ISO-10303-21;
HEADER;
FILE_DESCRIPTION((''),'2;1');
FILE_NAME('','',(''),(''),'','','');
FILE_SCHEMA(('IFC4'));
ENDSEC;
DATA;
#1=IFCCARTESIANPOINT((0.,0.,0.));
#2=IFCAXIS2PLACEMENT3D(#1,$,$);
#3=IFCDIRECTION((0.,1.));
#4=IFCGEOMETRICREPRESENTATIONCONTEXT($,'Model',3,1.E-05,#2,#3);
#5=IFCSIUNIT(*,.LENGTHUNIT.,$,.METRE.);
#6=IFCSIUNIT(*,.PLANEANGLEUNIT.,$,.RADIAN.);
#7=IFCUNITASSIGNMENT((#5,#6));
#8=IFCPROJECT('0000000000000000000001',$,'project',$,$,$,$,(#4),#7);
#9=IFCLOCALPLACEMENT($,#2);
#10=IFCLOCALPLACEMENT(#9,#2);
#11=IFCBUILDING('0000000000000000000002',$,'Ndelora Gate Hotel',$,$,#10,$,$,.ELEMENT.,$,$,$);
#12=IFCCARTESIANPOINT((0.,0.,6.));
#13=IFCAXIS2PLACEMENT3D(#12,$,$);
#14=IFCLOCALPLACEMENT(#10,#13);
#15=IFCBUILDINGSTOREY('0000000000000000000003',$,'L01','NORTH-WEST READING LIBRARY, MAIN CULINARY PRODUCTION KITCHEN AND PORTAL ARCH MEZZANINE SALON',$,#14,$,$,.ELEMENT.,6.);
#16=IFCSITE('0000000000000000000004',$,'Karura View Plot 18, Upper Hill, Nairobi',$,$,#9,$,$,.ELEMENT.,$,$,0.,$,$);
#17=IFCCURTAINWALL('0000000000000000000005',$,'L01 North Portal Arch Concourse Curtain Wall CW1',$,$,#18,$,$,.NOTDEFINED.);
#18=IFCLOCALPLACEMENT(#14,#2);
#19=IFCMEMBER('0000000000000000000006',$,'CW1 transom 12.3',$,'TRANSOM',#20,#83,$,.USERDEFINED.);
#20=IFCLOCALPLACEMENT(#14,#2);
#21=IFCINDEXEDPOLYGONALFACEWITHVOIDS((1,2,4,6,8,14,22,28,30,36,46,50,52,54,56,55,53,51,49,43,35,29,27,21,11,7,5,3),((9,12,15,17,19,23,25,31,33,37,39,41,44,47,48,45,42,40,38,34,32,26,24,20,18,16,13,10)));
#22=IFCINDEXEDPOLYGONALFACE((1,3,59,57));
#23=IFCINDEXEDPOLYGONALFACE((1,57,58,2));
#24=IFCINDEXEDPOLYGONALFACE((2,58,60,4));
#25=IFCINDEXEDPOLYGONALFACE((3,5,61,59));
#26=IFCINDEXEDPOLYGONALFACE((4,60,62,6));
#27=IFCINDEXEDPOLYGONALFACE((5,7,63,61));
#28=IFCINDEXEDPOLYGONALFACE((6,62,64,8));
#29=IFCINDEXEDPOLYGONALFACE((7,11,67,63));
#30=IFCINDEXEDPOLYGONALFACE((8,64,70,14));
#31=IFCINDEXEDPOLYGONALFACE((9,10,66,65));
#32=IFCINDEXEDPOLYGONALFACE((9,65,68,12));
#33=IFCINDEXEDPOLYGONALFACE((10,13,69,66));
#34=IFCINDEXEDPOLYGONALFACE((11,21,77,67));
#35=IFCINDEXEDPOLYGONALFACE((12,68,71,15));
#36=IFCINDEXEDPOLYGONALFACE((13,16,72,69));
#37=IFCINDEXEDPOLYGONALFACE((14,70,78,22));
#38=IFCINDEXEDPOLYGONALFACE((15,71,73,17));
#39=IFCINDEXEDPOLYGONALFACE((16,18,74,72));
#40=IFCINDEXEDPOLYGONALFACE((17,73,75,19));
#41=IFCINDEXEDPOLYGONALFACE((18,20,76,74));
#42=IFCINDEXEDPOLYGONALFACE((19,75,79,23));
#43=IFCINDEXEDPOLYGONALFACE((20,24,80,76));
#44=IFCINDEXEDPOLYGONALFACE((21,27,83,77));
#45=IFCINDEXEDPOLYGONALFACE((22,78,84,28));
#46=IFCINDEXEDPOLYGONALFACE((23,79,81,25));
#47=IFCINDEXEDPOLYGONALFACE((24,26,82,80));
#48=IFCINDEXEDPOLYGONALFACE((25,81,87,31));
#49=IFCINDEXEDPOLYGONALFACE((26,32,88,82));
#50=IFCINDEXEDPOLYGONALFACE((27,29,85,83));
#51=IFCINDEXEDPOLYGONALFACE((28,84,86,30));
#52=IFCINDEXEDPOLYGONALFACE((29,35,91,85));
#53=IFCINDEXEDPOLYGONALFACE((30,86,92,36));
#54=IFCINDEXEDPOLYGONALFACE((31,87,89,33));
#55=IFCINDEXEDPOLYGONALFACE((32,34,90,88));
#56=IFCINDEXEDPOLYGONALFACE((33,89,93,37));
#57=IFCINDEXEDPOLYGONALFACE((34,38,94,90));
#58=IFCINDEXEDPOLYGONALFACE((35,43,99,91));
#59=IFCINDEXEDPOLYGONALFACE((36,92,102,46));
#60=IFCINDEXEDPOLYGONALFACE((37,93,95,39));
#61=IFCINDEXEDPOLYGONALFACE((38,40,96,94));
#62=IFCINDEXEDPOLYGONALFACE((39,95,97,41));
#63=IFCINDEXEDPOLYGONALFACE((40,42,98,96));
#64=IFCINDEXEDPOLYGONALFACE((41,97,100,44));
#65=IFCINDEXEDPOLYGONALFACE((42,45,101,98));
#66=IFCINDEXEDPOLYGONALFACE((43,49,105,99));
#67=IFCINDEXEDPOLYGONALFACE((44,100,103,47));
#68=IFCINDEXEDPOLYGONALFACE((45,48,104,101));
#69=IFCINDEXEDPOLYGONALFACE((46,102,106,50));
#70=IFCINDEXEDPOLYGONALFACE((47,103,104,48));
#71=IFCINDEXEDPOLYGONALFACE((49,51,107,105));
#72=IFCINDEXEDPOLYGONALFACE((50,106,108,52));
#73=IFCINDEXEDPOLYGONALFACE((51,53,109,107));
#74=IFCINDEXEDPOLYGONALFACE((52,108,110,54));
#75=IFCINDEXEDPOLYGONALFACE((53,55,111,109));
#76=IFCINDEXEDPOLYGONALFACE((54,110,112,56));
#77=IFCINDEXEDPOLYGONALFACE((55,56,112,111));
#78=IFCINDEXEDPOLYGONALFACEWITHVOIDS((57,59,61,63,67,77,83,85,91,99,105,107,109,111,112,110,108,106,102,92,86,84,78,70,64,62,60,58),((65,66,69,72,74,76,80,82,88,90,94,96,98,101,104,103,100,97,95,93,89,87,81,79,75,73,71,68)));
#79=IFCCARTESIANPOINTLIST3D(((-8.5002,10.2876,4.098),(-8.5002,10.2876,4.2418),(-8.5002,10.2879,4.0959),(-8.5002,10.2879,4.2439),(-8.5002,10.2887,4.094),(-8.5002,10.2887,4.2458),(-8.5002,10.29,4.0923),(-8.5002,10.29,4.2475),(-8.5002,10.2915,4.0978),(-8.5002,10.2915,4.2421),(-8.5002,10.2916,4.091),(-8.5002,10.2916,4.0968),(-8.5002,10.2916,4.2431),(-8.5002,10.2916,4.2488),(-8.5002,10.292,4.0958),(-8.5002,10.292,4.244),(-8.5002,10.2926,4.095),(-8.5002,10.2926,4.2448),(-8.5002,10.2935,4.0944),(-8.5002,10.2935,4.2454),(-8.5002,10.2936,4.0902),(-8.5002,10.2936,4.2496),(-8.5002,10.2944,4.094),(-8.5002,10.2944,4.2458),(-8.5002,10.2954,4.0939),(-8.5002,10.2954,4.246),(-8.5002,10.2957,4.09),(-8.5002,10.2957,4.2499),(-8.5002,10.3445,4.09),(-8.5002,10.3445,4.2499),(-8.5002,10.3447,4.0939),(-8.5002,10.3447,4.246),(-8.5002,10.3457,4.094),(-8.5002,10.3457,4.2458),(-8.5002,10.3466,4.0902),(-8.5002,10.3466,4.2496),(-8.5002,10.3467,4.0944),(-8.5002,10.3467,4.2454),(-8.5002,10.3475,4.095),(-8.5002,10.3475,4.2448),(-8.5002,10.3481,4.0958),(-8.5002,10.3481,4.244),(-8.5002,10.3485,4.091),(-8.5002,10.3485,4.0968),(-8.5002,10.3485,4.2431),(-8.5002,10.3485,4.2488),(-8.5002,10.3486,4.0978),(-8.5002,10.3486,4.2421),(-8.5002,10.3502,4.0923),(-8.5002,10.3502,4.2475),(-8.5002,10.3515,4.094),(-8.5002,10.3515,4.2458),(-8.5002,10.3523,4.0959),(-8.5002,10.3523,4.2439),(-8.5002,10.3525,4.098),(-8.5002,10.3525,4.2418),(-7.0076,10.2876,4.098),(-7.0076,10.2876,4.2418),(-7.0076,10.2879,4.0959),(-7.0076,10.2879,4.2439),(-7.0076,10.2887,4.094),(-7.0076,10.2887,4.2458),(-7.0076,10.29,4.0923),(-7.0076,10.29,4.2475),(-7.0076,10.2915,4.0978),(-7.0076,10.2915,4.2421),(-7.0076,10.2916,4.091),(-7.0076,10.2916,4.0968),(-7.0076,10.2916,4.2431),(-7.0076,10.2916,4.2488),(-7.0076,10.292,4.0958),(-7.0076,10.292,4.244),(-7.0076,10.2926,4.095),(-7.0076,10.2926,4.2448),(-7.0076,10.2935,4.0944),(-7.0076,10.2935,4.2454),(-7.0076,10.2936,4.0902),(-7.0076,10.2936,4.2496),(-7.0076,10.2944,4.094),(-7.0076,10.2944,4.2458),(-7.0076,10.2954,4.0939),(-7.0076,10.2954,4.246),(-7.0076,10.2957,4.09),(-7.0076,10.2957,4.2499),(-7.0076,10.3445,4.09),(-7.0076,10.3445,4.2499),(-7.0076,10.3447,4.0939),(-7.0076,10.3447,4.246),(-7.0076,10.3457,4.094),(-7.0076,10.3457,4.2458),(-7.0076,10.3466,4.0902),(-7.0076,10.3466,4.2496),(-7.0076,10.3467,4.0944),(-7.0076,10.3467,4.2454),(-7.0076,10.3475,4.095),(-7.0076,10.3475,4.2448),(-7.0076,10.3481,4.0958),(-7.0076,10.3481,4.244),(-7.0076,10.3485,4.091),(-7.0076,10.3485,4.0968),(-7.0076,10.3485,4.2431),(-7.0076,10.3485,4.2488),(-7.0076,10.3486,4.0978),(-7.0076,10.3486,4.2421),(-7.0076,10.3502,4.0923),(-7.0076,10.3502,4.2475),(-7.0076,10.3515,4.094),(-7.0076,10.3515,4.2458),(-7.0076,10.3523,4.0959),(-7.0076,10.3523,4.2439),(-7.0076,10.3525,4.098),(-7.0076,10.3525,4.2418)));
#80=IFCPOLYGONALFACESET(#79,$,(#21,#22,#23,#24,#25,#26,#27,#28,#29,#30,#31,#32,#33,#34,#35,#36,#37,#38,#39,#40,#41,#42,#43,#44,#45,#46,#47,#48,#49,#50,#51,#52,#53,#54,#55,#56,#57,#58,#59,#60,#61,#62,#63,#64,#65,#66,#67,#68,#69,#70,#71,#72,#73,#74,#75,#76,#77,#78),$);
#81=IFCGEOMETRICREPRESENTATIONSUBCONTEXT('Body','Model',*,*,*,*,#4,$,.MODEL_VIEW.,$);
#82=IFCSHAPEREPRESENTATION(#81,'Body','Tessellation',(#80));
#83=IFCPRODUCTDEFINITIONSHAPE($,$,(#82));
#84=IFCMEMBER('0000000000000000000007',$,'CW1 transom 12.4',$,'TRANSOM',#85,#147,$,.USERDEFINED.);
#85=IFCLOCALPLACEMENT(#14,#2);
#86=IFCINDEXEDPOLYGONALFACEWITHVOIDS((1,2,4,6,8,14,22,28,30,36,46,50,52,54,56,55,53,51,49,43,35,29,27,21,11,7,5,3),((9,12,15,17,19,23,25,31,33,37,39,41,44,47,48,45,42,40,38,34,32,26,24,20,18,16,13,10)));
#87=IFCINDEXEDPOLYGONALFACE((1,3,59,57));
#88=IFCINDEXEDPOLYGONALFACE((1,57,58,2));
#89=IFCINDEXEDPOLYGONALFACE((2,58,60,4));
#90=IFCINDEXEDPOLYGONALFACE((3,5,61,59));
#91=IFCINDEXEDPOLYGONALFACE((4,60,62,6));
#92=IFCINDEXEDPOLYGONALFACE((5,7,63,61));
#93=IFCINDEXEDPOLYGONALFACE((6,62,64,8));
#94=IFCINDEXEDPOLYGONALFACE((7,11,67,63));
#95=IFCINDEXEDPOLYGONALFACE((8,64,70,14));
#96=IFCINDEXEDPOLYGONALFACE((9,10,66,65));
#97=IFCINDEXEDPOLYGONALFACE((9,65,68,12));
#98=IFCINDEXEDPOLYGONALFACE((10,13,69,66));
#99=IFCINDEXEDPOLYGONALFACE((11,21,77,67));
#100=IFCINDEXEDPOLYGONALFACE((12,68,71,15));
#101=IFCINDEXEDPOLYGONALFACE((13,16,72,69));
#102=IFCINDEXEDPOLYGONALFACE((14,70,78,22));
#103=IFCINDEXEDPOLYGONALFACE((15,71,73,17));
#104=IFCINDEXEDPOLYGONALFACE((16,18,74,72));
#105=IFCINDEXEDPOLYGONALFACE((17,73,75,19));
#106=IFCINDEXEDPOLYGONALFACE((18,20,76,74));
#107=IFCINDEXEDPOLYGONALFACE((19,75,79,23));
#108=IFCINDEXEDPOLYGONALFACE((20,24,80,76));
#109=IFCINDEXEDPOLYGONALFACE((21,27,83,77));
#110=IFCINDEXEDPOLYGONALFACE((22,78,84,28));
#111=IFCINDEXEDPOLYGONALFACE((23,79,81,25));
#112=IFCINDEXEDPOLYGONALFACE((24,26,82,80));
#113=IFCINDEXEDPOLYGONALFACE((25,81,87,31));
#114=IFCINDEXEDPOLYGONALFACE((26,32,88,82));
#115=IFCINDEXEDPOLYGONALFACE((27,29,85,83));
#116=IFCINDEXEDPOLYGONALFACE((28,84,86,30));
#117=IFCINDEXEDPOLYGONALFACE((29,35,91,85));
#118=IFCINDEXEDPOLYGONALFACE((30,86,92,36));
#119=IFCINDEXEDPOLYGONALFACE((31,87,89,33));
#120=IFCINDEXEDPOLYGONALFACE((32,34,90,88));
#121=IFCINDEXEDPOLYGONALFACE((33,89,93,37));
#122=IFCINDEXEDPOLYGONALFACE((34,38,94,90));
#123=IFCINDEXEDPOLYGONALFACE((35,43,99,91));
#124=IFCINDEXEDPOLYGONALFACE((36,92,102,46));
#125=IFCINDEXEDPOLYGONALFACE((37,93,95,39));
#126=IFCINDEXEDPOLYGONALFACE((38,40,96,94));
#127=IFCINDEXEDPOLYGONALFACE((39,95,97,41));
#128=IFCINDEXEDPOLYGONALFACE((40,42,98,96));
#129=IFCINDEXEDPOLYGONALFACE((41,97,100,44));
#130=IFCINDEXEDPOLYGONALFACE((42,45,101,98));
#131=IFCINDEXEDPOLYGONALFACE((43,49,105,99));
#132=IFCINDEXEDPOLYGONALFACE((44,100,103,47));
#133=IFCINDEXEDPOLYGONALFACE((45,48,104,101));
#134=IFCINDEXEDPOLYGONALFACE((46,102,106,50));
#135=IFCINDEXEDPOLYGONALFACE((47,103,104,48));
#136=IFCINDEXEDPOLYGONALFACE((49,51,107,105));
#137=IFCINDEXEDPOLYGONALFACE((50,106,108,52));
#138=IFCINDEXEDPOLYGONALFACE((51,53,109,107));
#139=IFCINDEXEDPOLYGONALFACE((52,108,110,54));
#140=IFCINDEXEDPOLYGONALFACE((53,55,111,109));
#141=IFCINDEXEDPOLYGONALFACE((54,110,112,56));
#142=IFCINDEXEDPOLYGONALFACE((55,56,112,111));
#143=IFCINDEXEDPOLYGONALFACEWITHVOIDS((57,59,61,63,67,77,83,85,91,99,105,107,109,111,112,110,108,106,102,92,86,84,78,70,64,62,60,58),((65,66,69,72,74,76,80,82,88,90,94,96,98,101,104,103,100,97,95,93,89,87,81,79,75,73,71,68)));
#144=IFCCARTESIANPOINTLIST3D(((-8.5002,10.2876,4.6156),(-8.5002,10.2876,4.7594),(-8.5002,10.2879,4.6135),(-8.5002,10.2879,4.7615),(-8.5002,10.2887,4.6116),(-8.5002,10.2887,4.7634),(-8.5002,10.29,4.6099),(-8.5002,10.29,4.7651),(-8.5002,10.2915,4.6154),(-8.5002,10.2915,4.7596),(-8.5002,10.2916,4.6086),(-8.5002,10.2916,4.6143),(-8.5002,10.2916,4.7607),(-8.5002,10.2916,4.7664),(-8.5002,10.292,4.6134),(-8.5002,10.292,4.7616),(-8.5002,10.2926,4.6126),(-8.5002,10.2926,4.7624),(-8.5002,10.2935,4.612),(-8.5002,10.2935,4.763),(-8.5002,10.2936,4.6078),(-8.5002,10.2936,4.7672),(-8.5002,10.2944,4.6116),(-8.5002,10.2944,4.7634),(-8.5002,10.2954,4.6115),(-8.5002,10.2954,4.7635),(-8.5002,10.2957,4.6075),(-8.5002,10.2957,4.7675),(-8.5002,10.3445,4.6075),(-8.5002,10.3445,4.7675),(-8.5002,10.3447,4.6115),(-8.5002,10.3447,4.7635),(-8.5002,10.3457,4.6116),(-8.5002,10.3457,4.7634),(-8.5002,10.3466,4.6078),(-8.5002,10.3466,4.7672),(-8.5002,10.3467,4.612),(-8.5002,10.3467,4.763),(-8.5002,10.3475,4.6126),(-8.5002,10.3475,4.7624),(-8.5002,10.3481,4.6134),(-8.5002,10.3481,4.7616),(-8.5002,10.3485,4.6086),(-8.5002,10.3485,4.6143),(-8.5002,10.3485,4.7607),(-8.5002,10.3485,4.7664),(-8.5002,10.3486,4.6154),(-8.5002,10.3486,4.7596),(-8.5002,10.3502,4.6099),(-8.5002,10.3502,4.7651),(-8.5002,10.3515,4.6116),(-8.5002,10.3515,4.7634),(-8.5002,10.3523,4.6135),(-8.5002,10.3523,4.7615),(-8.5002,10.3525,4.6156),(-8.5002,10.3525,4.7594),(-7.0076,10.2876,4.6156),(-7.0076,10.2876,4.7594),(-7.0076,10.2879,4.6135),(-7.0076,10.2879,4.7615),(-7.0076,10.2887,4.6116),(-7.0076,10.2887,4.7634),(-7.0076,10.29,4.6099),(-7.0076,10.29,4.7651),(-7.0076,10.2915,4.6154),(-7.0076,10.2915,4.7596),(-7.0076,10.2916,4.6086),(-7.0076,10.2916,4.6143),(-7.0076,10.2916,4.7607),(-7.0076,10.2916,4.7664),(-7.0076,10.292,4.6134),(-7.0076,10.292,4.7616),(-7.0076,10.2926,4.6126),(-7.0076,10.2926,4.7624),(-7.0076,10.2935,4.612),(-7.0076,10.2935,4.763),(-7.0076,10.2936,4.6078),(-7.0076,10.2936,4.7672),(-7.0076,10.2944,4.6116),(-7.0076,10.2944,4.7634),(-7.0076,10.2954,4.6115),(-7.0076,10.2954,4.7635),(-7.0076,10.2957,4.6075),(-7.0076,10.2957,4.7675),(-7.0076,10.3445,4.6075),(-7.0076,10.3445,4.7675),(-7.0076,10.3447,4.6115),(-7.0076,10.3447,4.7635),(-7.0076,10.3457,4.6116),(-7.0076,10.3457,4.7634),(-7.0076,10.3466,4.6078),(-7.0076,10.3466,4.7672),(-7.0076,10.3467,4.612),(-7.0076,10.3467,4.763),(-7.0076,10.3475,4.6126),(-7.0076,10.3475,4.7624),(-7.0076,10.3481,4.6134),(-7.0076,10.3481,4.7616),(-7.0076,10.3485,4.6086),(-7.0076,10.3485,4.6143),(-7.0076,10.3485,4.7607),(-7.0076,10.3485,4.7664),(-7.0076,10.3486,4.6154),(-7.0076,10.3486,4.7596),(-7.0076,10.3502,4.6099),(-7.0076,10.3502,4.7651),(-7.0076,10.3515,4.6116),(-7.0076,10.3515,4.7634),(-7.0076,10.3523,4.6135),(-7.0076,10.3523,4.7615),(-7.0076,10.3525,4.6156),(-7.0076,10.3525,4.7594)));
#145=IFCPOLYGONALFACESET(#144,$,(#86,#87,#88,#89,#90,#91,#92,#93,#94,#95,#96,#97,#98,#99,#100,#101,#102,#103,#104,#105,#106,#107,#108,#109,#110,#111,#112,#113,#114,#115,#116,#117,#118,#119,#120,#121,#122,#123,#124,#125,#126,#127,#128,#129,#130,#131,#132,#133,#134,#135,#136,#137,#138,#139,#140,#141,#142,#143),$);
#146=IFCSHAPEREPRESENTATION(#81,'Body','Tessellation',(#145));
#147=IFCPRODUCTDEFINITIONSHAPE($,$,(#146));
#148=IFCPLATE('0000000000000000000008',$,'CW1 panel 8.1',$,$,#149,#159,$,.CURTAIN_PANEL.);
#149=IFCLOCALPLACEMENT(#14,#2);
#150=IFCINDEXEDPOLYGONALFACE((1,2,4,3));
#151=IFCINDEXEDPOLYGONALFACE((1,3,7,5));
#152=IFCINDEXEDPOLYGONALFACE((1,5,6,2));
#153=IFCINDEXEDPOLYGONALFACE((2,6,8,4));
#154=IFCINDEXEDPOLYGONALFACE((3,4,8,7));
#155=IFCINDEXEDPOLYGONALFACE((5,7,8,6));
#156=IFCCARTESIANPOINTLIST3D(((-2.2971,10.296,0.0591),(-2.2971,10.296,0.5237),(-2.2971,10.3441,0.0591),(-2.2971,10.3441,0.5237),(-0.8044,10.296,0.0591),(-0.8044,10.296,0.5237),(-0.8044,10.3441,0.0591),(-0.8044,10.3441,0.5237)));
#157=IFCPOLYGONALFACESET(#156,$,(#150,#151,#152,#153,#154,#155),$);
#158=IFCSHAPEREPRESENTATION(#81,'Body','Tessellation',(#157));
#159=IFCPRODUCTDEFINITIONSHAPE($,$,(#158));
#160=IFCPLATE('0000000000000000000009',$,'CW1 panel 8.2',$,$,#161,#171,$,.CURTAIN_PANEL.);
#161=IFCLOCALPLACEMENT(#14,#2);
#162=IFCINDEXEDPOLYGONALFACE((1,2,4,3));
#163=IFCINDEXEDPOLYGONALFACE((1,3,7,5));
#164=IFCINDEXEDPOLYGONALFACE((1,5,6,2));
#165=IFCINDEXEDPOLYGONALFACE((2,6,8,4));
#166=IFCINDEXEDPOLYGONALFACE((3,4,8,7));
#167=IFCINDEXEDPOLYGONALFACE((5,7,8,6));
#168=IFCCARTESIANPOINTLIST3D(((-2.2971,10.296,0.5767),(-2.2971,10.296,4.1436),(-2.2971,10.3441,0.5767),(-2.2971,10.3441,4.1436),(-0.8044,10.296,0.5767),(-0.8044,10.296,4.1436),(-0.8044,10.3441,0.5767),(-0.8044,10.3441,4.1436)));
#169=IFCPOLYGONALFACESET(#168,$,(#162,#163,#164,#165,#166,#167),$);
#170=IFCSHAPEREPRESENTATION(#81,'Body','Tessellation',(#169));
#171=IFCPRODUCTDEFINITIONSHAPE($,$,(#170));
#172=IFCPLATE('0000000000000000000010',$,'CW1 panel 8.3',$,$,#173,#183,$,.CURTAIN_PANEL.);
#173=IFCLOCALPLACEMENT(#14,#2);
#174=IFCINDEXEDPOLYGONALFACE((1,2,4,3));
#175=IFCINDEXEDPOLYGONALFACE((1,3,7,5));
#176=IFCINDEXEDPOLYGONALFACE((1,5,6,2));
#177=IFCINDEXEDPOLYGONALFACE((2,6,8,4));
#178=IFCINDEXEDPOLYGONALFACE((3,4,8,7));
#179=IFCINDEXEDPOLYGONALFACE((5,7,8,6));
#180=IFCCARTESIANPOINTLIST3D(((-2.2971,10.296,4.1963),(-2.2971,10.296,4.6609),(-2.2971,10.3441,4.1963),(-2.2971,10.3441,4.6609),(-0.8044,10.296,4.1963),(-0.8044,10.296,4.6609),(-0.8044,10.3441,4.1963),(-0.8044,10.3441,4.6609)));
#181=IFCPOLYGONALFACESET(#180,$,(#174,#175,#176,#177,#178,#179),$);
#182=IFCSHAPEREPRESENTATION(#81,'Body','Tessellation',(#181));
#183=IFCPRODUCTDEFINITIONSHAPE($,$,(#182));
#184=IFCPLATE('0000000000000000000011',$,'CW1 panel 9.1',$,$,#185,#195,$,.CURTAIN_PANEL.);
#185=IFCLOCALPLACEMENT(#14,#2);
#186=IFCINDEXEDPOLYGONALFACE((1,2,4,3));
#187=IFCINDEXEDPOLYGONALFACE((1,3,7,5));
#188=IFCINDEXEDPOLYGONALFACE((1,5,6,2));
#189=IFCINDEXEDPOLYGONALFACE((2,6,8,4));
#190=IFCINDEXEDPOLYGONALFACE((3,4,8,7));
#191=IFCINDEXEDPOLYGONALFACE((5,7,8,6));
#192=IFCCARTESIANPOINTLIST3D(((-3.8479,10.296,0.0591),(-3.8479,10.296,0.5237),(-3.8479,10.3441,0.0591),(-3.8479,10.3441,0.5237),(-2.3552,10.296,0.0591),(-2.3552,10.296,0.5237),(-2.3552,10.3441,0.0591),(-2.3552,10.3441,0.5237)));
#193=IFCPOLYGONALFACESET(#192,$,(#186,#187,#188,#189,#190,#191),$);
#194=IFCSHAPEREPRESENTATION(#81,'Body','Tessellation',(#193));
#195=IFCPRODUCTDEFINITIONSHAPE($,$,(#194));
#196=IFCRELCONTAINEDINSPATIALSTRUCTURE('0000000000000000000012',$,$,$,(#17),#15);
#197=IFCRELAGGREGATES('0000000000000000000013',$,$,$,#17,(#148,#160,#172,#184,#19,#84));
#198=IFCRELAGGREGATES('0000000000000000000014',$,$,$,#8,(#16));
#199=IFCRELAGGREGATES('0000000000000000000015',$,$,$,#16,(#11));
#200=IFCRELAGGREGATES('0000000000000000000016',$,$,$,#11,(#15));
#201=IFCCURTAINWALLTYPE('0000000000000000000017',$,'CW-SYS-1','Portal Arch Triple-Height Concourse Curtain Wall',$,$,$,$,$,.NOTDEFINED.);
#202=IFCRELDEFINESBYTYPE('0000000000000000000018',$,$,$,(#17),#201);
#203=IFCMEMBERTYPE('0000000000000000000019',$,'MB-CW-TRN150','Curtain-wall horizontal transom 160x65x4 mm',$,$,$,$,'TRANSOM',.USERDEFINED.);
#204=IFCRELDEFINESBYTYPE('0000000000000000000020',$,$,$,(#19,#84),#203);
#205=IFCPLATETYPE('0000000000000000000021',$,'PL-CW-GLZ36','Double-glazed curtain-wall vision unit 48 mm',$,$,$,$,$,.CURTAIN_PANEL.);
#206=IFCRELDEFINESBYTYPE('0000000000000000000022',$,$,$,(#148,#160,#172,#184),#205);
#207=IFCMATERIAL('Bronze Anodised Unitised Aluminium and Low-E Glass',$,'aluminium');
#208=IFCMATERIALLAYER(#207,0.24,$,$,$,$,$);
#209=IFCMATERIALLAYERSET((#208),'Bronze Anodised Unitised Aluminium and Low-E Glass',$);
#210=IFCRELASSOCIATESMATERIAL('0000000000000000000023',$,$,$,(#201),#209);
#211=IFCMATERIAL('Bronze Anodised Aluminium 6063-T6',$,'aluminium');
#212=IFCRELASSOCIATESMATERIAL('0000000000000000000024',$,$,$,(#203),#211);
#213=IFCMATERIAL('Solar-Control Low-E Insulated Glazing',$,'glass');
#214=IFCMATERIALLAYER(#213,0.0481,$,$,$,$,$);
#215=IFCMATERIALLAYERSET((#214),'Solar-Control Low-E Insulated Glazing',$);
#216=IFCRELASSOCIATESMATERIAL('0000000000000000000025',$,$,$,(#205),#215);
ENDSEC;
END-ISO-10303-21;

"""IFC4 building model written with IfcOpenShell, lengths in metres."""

from ifc_helpers import new_model, si_unit, direction, frame, origin, origin_2d, place, context, subcontext, project, spatial, rectangle, hollow_rectangle, extrude, material, layer, layer_set, material_profile, profile_set, type_object, element, aggregate, save


model = new_model("IFC4")

# Units and contexts
model_context = context("Model", 3, precision=1e-05, world=origin(), true_north=direction((0.0, 1.0)))
body_context = subcontext(model_context, "Body", "Model", "MODEL_VIEW")
ifc_project = project(units=[si_unit("LENGTHUNIT", "METRE"), si_unit("PLANEANGLEUNIT", "RADIAN")], contexts=[model_context])

# Site, building, storey
site_placement = place(None, origin())
site = spatial("IfcSite", under=ifc_project, at=site_placement, Name="Karura View Plot 18, Upper Hill, Nairobi", CompositionType="ELEMENT", RefElevation=0.0)
building_placement = place(site_placement, origin())
building = spatial("IfcBuilding", under=site, at=building_placement, Name="Ndelora Gate Hotel", CompositionType="ELEMENT")
storey_placement = place(building_placement, frame((0.0, 0.0, 6.0)))
storey = spatial("IfcBuildingStorey", under=building, at=storey_placement, Name="L01", Description="NORTH-WEST READING LIBRARY, MAIN CULINARY PRODUCTION KITCHEN AND PORTAL ARCH MEZZANINE SALON", CompositionType="ELEMENT", Elevation=6.0)

# Curtain wall, members, plates
ifc_material_1 = material(Name="Bronze Anodised Unitised Aluminium and Low-E Glass", Category="aluminium")
ifc_layer_1 = layer(ifc_material_1, 0.24)
ifc_layer_set_1 = layer_set([ifc_layer_1], Name="Bronze Anodised Unitised Aluminium and Low-E Glass")
curtain_wall_type = type_object("IfcCurtainWallType", Name="CW-SYS-1", Description="Portal Arch Triple-Height Concourse Curtain Wall", PredefinedType="NOTDEFINED", material=ifc_layer_set_1)
curtain_wall_placement = place(storey_placement, origin())
curtain_wall = element("IfcCurtainWall", 1, at=curtain_wall_placement, inside=storey, type_object=curtain_wall_type, Name="L01 North Portal Arch Concourse Curtain Wall CW1", PredefinedType="NOTDEFINED")
ifc_material_2 = material(Name="Bronze Anodised Aluminium 6063-T6", Category="aluminium")
ifc_material_profile_1 = material_profile(ifc_material_2, hollow_rectangle(XDim=0.0649, YDim=0.1599, WallThickness=0.0039, InnerFilletRadius=0.0039, OuterFilletRadius=0.0081, at=origin_2d()), Name="ALU 160x65x4")
ifc_profile_set_1 = profile_set([ifc_material_profile_1], Name="Bronze Anodised Aluminium 6063-T6")
member_type_1 = type_object("IfcMemberType", Name="MB-CW-TRN150", Description="Curtain-wall horizontal transom 160x65x4 mm", ElementType="TRANSOM", PredefinedType="USERDEFINED", material=ifc_profile_set_1)
member_1_placement = place(storey_placement, frame((-7.0076, 10.3201, 4.1699), z_axis=(-1.0, 0.0, 0.0), x_axis=(0.0, -1.0, 0.0)))
member_1 = element("IfcMember", 2, at=member_1_placement, type_object=member_type_1, Name="CW1 transom 12.3", ObjectType="TRANSOM", PredefinedType="USERDEFINED", context=body_context, shape_type="SweptSolid", body=[
    extrude(hollow_rectangle(XDim=0.0649, YDim=0.1599, WallThickness=0.0039, InnerFilletRadius=0.0039, OuterFilletRadius=0.0081, at=origin_2d()), origin(), (0.0, 0.0, 1.0), 1.4927),
])
member_2_placement = place(storey_placement, frame((-7.0076, 10.3201, 4.6875), z_axis=(-1.0, 0.0, 0.0), x_axis=(0.0, -1.0, 0.0)))
member_2 = element("IfcMember", 3, at=member_2_placement, type_object=member_type_1, Name="CW1 transom 12.4", ObjectType="TRANSOM", PredefinedType="USERDEFINED", context=body_context, shape_type="SweptSolid", body=[
    extrude(hollow_rectangle(XDim=0.0649, YDim=0.1599, WallThickness=0.0039, InnerFilletRadius=0.0039, OuterFilletRadius=0.0081, at=origin_2d()), origin(), (0.0, 0.0, 1.0), 1.4927),
])
ifc_material_3 = material(Name="Solar-Control Low-E Insulated Glazing", Category="glass")
ifc_layer_2 = layer(ifc_material_3, 0.0481)
ifc_layer_set_2 = layer_set([ifc_layer_2], Name="Solar-Control Low-E Insulated Glazing")
plate_type = type_object("IfcPlateType", Name="PL-CW-GLZ36", Description="Double-glazed curtain-wall vision unit 48 mm", PredefinedType="CURTAIN_PANEL", material=ifc_layer_set_2)
plate_1_placement = place(storey_placement, frame((-1.5508, 10.3201, 0.0591), z_axis=(0.0, 0.0, 1.0), x_axis=(-1.0, 0.0, 0.0)))
plate_1 = element("IfcPlate", 4, at=plate_1_placement, type_object=plate_type, Name="CW1 panel 8.1", PredefinedType="CURTAIN_PANEL", context=body_context, shape_type="SweptSolid", body=[
    extrude(rectangle(XDim=1.4927, YDim=0.0481, at=origin_2d()), origin(), (0.0, 0.0, 1.0), 0.4646),
])
plate_2_placement = place(storey_placement, frame((-1.5508, 10.3201, 0.5767), z_axis=(0.0, 0.0, 1.0), x_axis=(-1.0, 0.0, 0.0)))
plate_2 = element("IfcPlate", 5, at=plate_2_placement, type_object=plate_type, Name="CW1 panel 8.2", PredefinedType="CURTAIN_PANEL", context=body_context, shape_type="SweptSolid", body=[
    extrude(rectangle(XDim=1.4927, YDim=0.0481, at=origin_2d()), origin(), (0.0, 0.0, 1.0), 3.5669),
])
plate_3_placement = place(storey_placement, frame((-1.5508, 10.3201, 4.1963), z_axis=(0.0, 0.0, 1.0), x_axis=(-1.0, 0.0, 0.0)))
plate_3 = element("IfcPlate", 6, at=plate_3_placement, type_object=plate_type, Name="CW1 panel 8.3", PredefinedType="CURTAIN_PANEL", context=body_context, shape_type="SweptSolid", body=[
    extrude(rectangle(XDim=1.4927, YDim=0.0481, at=origin_2d()), origin(), (0.0, 0.0, 1.0), 0.4646),
])
plate_4_placement = place(storey_placement, frame((-3.1016, 10.3201, 0.0591), z_axis=(0.0, 0.0, 1.0), x_axis=(-1.0, 0.0, 0.0)))
plate_4 = element("IfcPlate", 7, at=plate_4_placement, type_object=plate_type, Name="CW1 panel 9.1", PredefinedType="CURTAIN_PANEL", context=body_context, shape_type="SweptSolid", body=[
    extrude(rectangle(XDim=1.4927, YDim=0.0481, at=origin_2d()), origin(), (0.0, 0.0, 1.0), 0.4646),
])
aggregate(curtain_wall, [plate_1, plate_2, plate_3, plate_4, member_1, member_2])

save(model, "model.ifc")
